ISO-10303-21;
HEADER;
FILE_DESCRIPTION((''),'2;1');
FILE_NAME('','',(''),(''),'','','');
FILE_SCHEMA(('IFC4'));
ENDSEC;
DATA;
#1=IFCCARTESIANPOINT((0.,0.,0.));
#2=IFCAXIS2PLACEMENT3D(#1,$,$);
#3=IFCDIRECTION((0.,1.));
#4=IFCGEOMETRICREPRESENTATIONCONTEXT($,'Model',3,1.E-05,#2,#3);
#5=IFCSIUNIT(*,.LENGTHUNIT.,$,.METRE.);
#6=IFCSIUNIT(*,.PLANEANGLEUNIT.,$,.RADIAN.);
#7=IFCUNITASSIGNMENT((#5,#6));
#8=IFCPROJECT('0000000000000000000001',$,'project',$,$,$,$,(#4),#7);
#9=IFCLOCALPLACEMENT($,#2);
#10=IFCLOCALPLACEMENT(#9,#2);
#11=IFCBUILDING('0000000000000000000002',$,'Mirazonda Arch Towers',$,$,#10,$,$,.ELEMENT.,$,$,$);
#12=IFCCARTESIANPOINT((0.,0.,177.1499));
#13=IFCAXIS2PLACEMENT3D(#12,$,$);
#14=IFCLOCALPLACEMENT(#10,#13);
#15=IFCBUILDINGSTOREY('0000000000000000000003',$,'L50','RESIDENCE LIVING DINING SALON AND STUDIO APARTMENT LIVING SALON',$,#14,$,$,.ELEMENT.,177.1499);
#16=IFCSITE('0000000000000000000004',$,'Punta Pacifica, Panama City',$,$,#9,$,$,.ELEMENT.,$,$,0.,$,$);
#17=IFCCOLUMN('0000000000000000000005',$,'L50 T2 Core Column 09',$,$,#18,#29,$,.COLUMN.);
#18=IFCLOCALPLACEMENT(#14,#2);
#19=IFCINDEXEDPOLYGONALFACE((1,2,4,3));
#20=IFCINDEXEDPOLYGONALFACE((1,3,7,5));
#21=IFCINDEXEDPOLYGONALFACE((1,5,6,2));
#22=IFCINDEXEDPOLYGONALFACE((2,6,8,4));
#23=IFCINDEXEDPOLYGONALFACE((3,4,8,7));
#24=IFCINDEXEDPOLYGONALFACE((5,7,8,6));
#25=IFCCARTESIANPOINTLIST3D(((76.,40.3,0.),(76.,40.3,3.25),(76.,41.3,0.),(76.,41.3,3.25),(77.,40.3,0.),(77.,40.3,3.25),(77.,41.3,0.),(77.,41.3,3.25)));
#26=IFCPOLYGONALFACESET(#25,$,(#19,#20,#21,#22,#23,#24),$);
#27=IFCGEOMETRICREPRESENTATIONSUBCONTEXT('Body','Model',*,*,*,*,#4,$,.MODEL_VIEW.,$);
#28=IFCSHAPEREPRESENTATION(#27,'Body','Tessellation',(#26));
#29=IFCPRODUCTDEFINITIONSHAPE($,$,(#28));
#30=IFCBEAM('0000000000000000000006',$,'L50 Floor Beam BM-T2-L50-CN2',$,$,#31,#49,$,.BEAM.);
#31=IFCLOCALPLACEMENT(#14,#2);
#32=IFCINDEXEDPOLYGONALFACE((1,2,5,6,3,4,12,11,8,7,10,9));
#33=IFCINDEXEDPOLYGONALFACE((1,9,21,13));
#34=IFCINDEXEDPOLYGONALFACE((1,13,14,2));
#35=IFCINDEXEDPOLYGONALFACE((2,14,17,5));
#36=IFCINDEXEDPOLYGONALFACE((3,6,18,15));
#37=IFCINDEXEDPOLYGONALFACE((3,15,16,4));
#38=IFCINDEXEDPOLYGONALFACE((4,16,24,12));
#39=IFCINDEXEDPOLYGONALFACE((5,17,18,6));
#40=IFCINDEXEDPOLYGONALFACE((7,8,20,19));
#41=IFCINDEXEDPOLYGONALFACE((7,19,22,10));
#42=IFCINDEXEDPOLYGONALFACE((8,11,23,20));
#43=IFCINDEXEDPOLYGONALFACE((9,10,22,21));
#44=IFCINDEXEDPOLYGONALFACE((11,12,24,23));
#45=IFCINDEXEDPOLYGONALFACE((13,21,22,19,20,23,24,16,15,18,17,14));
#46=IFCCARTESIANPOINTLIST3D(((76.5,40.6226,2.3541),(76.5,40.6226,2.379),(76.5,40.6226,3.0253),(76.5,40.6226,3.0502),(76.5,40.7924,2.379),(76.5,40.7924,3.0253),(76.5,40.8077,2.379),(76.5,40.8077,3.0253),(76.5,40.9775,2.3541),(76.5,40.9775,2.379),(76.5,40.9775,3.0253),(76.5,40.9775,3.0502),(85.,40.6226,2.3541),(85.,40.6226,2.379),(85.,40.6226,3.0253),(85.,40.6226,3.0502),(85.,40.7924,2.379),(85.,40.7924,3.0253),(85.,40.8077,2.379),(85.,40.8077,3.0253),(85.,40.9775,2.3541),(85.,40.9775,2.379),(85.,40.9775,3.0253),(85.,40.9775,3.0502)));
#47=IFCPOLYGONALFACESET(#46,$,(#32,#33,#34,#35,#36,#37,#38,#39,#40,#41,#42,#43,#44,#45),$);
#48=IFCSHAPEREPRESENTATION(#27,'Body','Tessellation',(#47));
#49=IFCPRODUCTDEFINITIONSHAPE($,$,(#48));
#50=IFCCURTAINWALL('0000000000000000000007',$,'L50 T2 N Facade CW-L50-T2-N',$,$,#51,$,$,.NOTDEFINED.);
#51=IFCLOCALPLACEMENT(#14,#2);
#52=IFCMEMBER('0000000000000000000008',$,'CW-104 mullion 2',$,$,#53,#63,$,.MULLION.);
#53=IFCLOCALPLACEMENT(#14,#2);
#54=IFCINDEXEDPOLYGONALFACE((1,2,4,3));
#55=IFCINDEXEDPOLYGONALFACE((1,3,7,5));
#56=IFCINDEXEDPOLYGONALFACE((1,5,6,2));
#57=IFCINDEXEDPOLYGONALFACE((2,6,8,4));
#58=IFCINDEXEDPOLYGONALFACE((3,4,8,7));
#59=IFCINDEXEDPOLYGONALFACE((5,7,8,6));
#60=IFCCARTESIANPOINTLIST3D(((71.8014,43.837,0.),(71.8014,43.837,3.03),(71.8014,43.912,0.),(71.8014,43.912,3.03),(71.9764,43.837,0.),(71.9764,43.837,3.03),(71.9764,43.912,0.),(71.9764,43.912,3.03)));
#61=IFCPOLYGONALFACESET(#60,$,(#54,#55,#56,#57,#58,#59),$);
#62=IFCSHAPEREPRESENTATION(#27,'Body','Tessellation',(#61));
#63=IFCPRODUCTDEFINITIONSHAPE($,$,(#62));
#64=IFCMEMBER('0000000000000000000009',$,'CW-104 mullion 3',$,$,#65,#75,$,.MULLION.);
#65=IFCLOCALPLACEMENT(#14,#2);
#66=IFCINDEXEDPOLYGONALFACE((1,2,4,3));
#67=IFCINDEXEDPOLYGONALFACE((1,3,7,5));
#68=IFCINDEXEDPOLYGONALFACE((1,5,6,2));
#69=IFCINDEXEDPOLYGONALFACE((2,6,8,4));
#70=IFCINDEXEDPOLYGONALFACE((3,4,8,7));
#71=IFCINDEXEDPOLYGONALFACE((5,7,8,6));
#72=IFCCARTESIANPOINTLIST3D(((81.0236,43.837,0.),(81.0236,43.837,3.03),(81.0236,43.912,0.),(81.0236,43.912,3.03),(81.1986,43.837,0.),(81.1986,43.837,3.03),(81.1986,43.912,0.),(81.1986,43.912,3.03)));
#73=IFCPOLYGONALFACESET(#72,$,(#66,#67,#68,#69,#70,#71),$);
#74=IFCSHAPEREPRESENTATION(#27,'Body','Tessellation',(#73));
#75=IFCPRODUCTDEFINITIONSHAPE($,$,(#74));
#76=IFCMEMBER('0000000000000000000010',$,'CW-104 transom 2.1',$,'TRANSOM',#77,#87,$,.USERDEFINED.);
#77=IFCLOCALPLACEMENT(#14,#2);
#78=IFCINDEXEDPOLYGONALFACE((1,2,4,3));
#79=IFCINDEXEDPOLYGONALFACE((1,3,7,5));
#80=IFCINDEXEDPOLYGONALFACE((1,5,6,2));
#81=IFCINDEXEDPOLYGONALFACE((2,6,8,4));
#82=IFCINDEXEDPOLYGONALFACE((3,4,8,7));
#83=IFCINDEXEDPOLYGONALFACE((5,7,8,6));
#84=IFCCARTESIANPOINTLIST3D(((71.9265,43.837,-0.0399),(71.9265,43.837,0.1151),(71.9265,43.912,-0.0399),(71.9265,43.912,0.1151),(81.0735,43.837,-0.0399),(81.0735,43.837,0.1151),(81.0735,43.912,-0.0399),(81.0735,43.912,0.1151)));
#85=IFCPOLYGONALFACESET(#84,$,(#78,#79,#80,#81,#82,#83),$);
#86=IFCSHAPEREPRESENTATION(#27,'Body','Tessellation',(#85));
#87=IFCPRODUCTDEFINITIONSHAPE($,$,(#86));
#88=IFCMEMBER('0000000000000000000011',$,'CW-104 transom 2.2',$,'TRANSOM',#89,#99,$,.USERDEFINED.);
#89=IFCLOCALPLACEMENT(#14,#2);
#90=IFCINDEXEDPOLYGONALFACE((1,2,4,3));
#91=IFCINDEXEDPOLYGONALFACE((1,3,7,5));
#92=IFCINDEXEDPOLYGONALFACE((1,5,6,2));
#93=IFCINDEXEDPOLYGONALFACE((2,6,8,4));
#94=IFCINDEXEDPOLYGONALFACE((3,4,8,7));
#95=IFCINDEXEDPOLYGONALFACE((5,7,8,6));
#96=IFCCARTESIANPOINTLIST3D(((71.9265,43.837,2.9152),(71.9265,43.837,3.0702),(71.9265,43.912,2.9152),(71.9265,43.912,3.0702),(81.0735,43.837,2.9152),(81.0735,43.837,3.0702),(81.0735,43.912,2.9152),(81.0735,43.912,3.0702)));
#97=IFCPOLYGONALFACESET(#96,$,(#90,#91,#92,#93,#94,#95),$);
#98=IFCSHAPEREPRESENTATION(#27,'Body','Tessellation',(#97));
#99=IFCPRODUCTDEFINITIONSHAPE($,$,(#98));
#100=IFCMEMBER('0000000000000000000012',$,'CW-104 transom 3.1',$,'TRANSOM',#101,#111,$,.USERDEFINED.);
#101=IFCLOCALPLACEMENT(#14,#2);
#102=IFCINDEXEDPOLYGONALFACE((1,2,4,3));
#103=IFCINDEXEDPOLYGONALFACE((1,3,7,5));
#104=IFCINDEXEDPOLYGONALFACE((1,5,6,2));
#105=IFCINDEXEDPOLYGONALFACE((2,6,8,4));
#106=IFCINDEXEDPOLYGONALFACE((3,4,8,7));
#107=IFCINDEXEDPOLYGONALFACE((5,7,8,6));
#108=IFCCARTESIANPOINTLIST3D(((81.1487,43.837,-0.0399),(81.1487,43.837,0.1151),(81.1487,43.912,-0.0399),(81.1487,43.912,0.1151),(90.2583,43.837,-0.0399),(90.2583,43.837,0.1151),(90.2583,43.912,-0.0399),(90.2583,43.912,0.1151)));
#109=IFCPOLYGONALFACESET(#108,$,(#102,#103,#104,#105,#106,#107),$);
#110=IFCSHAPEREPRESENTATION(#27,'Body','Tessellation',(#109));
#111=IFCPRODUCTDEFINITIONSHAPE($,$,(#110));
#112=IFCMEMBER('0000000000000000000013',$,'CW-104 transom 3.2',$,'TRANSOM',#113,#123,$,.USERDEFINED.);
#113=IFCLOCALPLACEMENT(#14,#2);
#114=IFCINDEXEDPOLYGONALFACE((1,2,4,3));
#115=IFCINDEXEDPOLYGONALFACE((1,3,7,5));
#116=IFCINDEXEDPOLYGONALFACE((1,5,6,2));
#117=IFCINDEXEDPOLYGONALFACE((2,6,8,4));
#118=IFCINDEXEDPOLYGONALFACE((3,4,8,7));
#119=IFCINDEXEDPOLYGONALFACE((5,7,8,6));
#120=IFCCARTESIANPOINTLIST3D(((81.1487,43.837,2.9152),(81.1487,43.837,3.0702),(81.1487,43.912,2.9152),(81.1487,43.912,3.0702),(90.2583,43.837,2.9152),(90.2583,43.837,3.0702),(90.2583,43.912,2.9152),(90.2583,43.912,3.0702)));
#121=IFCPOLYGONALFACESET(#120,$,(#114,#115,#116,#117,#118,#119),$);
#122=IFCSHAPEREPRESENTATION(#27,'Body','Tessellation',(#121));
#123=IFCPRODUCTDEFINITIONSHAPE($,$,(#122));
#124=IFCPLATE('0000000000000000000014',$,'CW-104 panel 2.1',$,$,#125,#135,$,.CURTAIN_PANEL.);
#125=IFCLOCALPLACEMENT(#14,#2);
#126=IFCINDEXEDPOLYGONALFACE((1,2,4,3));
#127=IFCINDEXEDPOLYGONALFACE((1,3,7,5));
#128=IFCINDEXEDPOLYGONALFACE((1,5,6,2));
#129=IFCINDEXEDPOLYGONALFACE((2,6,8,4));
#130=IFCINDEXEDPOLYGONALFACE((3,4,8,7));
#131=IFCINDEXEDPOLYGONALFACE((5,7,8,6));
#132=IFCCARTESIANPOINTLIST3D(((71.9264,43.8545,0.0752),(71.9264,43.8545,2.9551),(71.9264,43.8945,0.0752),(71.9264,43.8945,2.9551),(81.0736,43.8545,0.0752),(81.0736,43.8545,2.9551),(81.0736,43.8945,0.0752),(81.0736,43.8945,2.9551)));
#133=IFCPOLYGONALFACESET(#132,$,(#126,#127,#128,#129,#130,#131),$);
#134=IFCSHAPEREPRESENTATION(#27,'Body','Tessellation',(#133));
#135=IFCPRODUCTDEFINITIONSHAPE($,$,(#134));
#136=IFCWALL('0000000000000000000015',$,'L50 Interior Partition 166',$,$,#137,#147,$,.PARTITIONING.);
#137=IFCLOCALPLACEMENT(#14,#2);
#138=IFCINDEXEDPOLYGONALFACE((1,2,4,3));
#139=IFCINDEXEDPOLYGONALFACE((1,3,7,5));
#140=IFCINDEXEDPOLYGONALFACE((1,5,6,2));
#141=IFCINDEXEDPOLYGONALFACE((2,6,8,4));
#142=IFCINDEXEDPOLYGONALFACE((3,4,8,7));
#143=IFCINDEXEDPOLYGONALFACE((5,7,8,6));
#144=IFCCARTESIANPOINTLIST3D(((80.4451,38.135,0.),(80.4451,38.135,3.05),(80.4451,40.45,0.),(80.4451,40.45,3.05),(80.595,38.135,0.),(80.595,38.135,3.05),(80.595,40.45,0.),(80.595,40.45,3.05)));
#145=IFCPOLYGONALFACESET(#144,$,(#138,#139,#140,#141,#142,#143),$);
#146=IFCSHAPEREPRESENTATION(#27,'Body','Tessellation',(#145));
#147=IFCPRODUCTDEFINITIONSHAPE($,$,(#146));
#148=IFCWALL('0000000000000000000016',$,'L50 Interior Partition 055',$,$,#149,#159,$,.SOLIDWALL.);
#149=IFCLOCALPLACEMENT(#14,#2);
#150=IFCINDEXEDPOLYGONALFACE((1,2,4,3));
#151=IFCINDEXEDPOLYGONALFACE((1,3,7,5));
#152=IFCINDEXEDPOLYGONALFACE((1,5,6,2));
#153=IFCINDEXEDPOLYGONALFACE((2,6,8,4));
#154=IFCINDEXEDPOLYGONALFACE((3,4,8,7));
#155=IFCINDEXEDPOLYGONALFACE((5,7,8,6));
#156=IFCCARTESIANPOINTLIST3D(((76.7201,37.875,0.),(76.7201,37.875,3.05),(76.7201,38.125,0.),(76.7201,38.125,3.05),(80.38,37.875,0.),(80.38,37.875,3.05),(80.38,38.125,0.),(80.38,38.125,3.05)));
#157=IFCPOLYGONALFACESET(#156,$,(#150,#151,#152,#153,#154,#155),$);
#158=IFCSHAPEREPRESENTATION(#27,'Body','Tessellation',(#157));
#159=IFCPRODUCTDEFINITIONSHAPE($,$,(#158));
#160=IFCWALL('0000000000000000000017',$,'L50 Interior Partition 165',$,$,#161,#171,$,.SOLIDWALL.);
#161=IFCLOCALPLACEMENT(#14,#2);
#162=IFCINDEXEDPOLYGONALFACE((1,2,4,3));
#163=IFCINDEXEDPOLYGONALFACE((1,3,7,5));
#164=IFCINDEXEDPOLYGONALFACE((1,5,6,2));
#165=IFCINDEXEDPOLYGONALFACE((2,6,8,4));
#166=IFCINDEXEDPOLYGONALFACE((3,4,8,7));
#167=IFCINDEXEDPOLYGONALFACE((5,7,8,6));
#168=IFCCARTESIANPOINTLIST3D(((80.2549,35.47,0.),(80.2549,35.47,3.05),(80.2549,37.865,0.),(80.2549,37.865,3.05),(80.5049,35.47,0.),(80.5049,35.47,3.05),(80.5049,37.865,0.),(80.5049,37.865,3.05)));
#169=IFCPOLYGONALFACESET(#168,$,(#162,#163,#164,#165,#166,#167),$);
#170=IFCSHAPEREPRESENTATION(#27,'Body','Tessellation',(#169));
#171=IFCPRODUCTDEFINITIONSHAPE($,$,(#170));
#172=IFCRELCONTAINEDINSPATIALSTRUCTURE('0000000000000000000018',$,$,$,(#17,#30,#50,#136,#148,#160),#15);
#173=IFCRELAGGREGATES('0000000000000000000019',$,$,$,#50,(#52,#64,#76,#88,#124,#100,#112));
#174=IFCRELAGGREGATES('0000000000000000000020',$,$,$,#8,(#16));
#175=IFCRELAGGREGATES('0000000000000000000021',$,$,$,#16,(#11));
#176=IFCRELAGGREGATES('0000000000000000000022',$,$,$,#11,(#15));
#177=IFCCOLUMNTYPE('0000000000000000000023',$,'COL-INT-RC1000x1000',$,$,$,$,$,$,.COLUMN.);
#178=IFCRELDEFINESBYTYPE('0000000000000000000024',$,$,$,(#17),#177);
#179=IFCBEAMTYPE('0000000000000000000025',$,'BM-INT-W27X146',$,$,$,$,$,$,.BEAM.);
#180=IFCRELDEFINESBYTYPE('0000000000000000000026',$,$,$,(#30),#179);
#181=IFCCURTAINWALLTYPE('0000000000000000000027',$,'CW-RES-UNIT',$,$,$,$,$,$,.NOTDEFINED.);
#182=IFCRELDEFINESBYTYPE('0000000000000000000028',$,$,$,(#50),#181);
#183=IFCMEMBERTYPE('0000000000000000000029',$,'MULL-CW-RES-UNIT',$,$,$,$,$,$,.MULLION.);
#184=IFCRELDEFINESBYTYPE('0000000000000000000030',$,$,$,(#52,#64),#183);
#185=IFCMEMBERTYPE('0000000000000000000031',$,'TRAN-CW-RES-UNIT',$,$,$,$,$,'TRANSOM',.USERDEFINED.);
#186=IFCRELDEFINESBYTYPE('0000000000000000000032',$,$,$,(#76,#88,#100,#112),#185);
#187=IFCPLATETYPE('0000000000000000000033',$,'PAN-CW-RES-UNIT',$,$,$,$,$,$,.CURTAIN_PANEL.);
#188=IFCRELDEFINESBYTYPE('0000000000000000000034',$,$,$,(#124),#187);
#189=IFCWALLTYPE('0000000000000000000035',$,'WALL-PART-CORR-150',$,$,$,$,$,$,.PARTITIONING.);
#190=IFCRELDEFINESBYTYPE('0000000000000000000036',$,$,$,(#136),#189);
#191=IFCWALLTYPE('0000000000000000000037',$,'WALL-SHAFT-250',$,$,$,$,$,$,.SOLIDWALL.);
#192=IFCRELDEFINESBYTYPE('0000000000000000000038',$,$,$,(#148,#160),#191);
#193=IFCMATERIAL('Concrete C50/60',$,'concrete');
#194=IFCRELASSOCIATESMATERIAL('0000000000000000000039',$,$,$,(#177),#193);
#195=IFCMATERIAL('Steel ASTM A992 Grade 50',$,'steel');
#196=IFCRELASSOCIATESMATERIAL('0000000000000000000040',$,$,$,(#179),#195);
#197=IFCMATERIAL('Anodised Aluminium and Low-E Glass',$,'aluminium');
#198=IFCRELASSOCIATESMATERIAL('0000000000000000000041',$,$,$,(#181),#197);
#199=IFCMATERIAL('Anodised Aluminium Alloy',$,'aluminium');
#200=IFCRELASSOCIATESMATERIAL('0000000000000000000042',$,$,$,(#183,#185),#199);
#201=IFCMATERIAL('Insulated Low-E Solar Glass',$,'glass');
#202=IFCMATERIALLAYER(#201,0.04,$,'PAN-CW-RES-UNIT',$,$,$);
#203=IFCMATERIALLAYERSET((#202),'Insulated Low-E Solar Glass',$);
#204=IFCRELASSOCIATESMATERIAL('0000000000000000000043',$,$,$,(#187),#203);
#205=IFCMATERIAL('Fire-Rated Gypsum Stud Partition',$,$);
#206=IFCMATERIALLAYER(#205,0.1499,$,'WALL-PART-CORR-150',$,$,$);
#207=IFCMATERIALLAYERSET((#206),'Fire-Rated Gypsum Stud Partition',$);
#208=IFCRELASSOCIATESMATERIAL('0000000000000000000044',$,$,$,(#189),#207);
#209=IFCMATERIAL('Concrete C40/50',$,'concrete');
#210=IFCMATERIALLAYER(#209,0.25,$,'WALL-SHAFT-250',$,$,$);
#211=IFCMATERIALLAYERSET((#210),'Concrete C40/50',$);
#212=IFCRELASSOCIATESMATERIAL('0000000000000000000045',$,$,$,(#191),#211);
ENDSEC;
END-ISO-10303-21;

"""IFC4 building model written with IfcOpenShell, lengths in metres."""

from ifc_helpers import new_model, si_unit, direction, frame, frame_2d, origin, origin_2d, place, context, subcontext, project, spatial, rectangle, i_section, extrude, material, layer, layer_set, material_profile, profile_set, type_object, element, aggregate, save


model = new_model("IFC4")

# Units and contexts
model_context = context("Model", 3, precision=1e-05, world=origin(), true_north=direction((0.0, 1.0)))
body_context = subcontext(model_context, "Body", "Model", "MODEL_VIEW")
ifc_project = project(units=[si_unit("LENGTHUNIT", "METRE"), si_unit("PLANEANGLEUNIT", "RADIAN")], contexts=[model_context])

# Site, building, storey
site_placement = place(None, origin())
site = spatial("IfcSite", under=ifc_project, at=site_placement, Name="Punta Pacifica, Panama City", CompositionType="ELEMENT", RefElevation=0.0)
building_placement = place(site_placement, origin())
building = spatial("IfcBuilding", under=site, at=building_placement, Name="Mirazonda Arch Towers", CompositionType="ELEMENT")
storey_placement = place(building_placement, frame((0.0, 0.0, 177.1499)))
storey = spatial("IfcBuildingStorey", under=building, at=storey_placement, Name="L50", Description="RESIDENCE LIVING DINING SALON AND STUDIO APARTMENT LIVING SALON", CompositionType="ELEMENT", Elevation=177.1499)

# Column
ifc_material_1 = material(Name="Concrete C50/60", Category="concrete")
ifc_material_profile_1 = material_profile(ifc_material_1, rectangle(XDim=1.0, YDim=1.0, at=origin_2d()), Name="RC1000x1000")
ifc_profile_set_1 = profile_set([ifc_material_profile_1], Name="Concrete C50/60")
column_type = type_object("IfcColumnType", Name="COL-INT-RC1000x1000", PredefinedType="COLUMN", material=ifc_profile_set_1)
column_placement = place(storey_placement, frame((76.5, 40.8, 0.0), z_axis=(0.0, 0.0, 1.0), x_axis=(1.0, 0.0, 0.0)))
element("IfcColumn", 1, at=column_placement, inside=storey, type_object=column_type, Name="L50 T2 Core Column 09", PredefinedType="COLUMN", context=body_context, shape_type="SweptSolid", body=[
    extrude(rectangle(XDim=1.0, YDim=1.0, at=origin_2d()), origin(), (0.0, 0.0, 1.0), 3.25),
])

# Beam
ifc_material_2 = material(Name="Steel ASTM A992 Grade 50", Category="steel")
ifc_material_profile_2 = material_profile(ifc_material_2, i_section(OverallWidth=0.355, OverallDepth=0.696, WebThickness=0.0154, FlangeThickness=0.0249, at=origin_2d()), Name="W27X146")
ifc_profile_set_2 = profile_set([ifc_material_profile_2], Name="Steel ASTM A992 Grade 50")
beam_type = type_object("IfcBeamType", Name="BM-INT-W27X146", PredefinedType="BEAM", material=ifc_profile_set_2)
beam_placement = place(storey_placement, frame((76.5, 40.8, 2.7021), z_axis=(1.0, 0.0, 0.0), x_axis=(0.0, 1.0, 0.0)))
element("IfcBeam", 2, at=beam_placement, inside=storey, type_object=beam_type, Name="L50 Floor Beam BM-T2-L50-CN2", PredefinedType="BEAM", context=body_context, shape_type="SweptSolid", body=[
    extrude(i_section(OverallWidth=0.355, OverallDepth=0.696, WebThickness=0.0154, FlangeThickness=0.0249, at=origin_2d()), origin(), (0.0, 0.0, 1.0), 8.5),
])

# Curtain wall, members, plate
ifc_material_3 = material(Name="Anodised Aluminium and Low-E Glass", Category="aluminium")
curtain_wall_type = type_object("IfcCurtainWallType", Name="CW-RES-UNIT", PredefinedType="NOTDEFINED", material=ifc_material_3)
curtain_wall_placement = place(storey_placement, origin())
curtain_wall = element("IfcCurtainWall", 3, at=curtain_wall_placement, inside=storey, type_object=curtain_wall_type, Name="L50 T2 N Facade CW-L50-T2-N", PredefinedType="NOTDEFINED")
ifc_material_4 = material(Name="Anodised Aluminium Alloy", Category="aluminium")
ifc_material_profile_3 = material_profile(ifc_material_4, rectangle(XDim=0.075, YDim=0.175, at=origin_2d()), Name="ALU-MULL-75x175")
ifc_profile_set_3 = profile_set([ifc_material_profile_3], Name="Anodised Aluminium Alloy")
member_type_1 = type_object("IfcMemberType", Name="MULL-CW-RES-UNIT", PredefinedType="MULLION", material=ifc_profile_set_3)
member_1_placement = place(storey_placement, frame((71.8889, 43.8745, 0.0), z_axis=(0.0, 0.0, 1.0), x_axis=(0.0, 1.0, 0.0)))
member_1 = element("IfcMember", 4, at=member_1_placement, type_object=member_type_1, Name="CW-104 mullion 2", PredefinedType="MULLION", context=body_context, shape_type="SweptSolid", body=[
    extrude(rectangle(XDim=0.075, YDim=0.175, at=origin_2d()), origin(), (0.0, 0.0, 1.0), 3.03),
])
member_2_placement = place(storey_placement, frame((81.1111, 43.8745, 0.0), z_axis=(0.0, 0.0, 1.0), x_axis=(0.0, 1.0, 0.0)))
member_2 = element("IfcMember", 5, at=member_2_placement, type_object=member_type_1, Name="CW-104 mullion 3", PredefinedType="MULLION", context=body_context, shape_type="SweptSolid", body=[
    extrude(rectangle(XDim=0.075, YDim=0.175, at=origin_2d()), origin(), (0.0, 0.0, 1.0), 3.03),
])
ifc_material_profile_4 = material_profile(ifc_material_4, rectangle(XDim=0.075, YDim=0.155, at=origin_2d()), Name="ALU-TRAN-75x155")
ifc_profile_set_4 = profile_set([ifc_material_profile_4], Name="Anodised Aluminium Alloy")
member_type_2 = type_object("IfcMemberType", Name="TRAN-CW-RES-UNIT", ElementType="TRANSOM", PredefinedType="USERDEFINED", material=ifc_profile_set_4)
member_3_placement = place(storey_placement, frame((71.9265, 43.8745, 0.0376), z_axis=(1.0, 0.0, 0.0), x_axis=(0.0, 1.0, 0.0)))
member_3 = element("IfcMember", 6, at=member_3_placement, type_object=member_type_2, Name="CW-104 transom 2.1", ObjectType="TRANSOM", PredefinedType="USERDEFINED", context=body_context, shape_type="SweptSolid", body=[
    extrude(rectangle(XDim=0.075, YDim=0.155, at=origin_2d()), origin(), (0.0, 0.0, 1.0), 9.147),
])
member_4_placement = place(storey_placement, frame((71.9265, 43.8745, 2.9927), z_axis=(1.0, 0.0, 0.0), x_axis=(0.0, 1.0, 0.0)))
member_4 = element("IfcMember", 7, at=member_4_placement, type_object=member_type_2, Name="CW-104 transom 2.2", ObjectType="TRANSOM", PredefinedType="USERDEFINED", context=body_context, shape_type="SweptSolid", body=[
    extrude(rectangle(XDim=0.075, YDim=0.155, at=origin_2d()), origin(), (0.0, 0.0, 1.0), 9.147),
])
member_5_placement = place(storey_placement, frame((81.1487, 43.8745, 0.0376), z_axis=(1.0, 0.0, 0.0), x_axis=(0.0, 1.0, 0.0)))
member_5 = element("IfcMember", 8, at=member_5_placement, type_object=member_type_2, Name="CW-104 transom 3.1", ObjectType="TRANSOM", PredefinedType="USERDEFINED", context=body_context, shape_type="SweptSolid", body=[
    extrude(rectangle(XDim=0.075, YDim=0.155, at=origin_2d()), origin(), (0.0, 0.0, 1.0), 9.1096),
])
member_6_placement = place(storey_placement, frame((81.1487, 43.8745, 2.9927), z_axis=(1.0, 0.0, 0.0), x_axis=(0.0, 1.0, 0.0)))
member_6 = element("IfcMember", 9, at=member_6_placement, type_object=member_type_2, Name="CW-104 transom 3.2", ObjectType="TRANSOM", PredefinedType="USERDEFINED", context=body_context, shape_type="SweptSolid", body=[
    extrude(rectangle(XDim=0.075, YDim=0.155, at=origin_2d()), origin(), (0.0, 0.0, 1.0), 9.1096),
])
ifc_material_5 = material(Name="Insulated Low-E Solar Glass", Category="glass")
ifc_layer_1 = layer(ifc_material_5, 0.04, Name="PAN-CW-RES-UNIT")
ifc_layer_set_1 = layer_set([ifc_layer_1], Name="Insulated Low-E Solar Glass")
plate_type = type_object("IfcPlateType", Name="PAN-CW-RES-UNIT", PredefinedType="CURTAIN_PANEL", material=ifc_layer_set_1)
plate_placement = place(storey_placement, frame((76.5, 43.8745, 0.0752), z_axis=(0.0, 0.0, 1.0), x_axis=(1.0, 0.0, 0.0)))
plate = element("IfcPlate", 10, at=plate_placement, type_object=plate_type, Name="CW-104 panel 2.1", PredefinedType="CURTAIN_PANEL", context=body_context, shape_type="SweptSolid", body=[
    extrude(rectangle(XDim=9.1472, YDim=0.04, at=origin_2d()), origin(), (0.0, 0.0, 1.0), 2.8799),
])
aggregate(curtain_wall, [member_1, member_2, member_3, member_4, plate, member_5, member_6])

# Walls
ifc_material_6 = material(Name="Fire-Rated Gypsum Stud Partition")
ifc_layer_2 = layer(ifc_material_6, 0.1499, Name="WALL-PART-CORR-150")
ifc_layer_set_2 = layer_set([ifc_layer_2], Name="Fire-Rated Gypsum Stud Partition")
wall_type_1 = type_object("IfcWallType", Name="WALL-PART-CORR-150", PredefinedType="PARTITIONING", material=ifc_layer_set_2)
wall_1_placement = place(storey_placement, frame((80.52, 38.135, 0.0), z_axis=(0.0, 0.0, 1.0), x_axis=(0.0, 1.0, 0.0)))
element("IfcWall", 11, at=wall_1_placement, inside=storey, type_object=wall_type_1, Name="L50 Interior Partition 166", PredefinedType="PARTITIONING", context=body_context, shape_type="SweptSolid", body=[
    extrude(rectangle(XDim=2.3149, YDim=0.1499, at=frame_2d((1.1575, 0.0))), origin(), (0.0, 0.0, 1.0), 3.05),
])
ifc_material_7 = material(Name="Concrete C40/50", Category="concrete")
ifc_layer_3 = layer(ifc_material_7, 0.25, Name="WALL-SHAFT-250")
ifc_layer_set_3 = layer_set([ifc_layer_3], Name="Concrete C40/50")
wall_type_2 = type_object("IfcWallType", Name="WALL-SHAFT-250", PredefinedType="SOLIDWALL", material=ifc_layer_set_3)
wall_2_placement = place(storey_placement, frame((76.72, 38.0, 0.0), z_axis=(0.0, 0.0, 1.0), x_axis=(1.0, 0.0, 0.0)))
element("IfcWall", 12, at=wall_2_placement, inside=storey, type_object=wall_type_2, Name="L50 Interior Partition 055", PredefinedType="SOLIDWALL", context=body_context, shape_type="SweptSolid", body=[
    extrude(rectangle(XDim=3.6599, YDim=0.25, at=frame_2d((1.8301, 0.0))), origin(), (0.0, 0.0, 1.0), 3.05),
])
wall_3_placement = place(storey_placement, frame((80.3799, 35.47, 0.0), z_axis=(0.0, 0.0, 1.0), x_axis=(0.0, 1.0, 0.0)))
element("IfcWall", 13, at=wall_3_placement, inside=storey, type_object=wall_type_2, Name="L50 Interior Partition 165", PredefinedType="SOLIDWALL", context=body_context, shape_type="SweptSolid", body=[
    extrude(rectangle(XDim=2.395, YDim=0.25, at=frame_2d((1.1975, 0.0))), origin(), (0.0, 0.0, 1.0), 3.05),
])

save(model, "model.ifc")
